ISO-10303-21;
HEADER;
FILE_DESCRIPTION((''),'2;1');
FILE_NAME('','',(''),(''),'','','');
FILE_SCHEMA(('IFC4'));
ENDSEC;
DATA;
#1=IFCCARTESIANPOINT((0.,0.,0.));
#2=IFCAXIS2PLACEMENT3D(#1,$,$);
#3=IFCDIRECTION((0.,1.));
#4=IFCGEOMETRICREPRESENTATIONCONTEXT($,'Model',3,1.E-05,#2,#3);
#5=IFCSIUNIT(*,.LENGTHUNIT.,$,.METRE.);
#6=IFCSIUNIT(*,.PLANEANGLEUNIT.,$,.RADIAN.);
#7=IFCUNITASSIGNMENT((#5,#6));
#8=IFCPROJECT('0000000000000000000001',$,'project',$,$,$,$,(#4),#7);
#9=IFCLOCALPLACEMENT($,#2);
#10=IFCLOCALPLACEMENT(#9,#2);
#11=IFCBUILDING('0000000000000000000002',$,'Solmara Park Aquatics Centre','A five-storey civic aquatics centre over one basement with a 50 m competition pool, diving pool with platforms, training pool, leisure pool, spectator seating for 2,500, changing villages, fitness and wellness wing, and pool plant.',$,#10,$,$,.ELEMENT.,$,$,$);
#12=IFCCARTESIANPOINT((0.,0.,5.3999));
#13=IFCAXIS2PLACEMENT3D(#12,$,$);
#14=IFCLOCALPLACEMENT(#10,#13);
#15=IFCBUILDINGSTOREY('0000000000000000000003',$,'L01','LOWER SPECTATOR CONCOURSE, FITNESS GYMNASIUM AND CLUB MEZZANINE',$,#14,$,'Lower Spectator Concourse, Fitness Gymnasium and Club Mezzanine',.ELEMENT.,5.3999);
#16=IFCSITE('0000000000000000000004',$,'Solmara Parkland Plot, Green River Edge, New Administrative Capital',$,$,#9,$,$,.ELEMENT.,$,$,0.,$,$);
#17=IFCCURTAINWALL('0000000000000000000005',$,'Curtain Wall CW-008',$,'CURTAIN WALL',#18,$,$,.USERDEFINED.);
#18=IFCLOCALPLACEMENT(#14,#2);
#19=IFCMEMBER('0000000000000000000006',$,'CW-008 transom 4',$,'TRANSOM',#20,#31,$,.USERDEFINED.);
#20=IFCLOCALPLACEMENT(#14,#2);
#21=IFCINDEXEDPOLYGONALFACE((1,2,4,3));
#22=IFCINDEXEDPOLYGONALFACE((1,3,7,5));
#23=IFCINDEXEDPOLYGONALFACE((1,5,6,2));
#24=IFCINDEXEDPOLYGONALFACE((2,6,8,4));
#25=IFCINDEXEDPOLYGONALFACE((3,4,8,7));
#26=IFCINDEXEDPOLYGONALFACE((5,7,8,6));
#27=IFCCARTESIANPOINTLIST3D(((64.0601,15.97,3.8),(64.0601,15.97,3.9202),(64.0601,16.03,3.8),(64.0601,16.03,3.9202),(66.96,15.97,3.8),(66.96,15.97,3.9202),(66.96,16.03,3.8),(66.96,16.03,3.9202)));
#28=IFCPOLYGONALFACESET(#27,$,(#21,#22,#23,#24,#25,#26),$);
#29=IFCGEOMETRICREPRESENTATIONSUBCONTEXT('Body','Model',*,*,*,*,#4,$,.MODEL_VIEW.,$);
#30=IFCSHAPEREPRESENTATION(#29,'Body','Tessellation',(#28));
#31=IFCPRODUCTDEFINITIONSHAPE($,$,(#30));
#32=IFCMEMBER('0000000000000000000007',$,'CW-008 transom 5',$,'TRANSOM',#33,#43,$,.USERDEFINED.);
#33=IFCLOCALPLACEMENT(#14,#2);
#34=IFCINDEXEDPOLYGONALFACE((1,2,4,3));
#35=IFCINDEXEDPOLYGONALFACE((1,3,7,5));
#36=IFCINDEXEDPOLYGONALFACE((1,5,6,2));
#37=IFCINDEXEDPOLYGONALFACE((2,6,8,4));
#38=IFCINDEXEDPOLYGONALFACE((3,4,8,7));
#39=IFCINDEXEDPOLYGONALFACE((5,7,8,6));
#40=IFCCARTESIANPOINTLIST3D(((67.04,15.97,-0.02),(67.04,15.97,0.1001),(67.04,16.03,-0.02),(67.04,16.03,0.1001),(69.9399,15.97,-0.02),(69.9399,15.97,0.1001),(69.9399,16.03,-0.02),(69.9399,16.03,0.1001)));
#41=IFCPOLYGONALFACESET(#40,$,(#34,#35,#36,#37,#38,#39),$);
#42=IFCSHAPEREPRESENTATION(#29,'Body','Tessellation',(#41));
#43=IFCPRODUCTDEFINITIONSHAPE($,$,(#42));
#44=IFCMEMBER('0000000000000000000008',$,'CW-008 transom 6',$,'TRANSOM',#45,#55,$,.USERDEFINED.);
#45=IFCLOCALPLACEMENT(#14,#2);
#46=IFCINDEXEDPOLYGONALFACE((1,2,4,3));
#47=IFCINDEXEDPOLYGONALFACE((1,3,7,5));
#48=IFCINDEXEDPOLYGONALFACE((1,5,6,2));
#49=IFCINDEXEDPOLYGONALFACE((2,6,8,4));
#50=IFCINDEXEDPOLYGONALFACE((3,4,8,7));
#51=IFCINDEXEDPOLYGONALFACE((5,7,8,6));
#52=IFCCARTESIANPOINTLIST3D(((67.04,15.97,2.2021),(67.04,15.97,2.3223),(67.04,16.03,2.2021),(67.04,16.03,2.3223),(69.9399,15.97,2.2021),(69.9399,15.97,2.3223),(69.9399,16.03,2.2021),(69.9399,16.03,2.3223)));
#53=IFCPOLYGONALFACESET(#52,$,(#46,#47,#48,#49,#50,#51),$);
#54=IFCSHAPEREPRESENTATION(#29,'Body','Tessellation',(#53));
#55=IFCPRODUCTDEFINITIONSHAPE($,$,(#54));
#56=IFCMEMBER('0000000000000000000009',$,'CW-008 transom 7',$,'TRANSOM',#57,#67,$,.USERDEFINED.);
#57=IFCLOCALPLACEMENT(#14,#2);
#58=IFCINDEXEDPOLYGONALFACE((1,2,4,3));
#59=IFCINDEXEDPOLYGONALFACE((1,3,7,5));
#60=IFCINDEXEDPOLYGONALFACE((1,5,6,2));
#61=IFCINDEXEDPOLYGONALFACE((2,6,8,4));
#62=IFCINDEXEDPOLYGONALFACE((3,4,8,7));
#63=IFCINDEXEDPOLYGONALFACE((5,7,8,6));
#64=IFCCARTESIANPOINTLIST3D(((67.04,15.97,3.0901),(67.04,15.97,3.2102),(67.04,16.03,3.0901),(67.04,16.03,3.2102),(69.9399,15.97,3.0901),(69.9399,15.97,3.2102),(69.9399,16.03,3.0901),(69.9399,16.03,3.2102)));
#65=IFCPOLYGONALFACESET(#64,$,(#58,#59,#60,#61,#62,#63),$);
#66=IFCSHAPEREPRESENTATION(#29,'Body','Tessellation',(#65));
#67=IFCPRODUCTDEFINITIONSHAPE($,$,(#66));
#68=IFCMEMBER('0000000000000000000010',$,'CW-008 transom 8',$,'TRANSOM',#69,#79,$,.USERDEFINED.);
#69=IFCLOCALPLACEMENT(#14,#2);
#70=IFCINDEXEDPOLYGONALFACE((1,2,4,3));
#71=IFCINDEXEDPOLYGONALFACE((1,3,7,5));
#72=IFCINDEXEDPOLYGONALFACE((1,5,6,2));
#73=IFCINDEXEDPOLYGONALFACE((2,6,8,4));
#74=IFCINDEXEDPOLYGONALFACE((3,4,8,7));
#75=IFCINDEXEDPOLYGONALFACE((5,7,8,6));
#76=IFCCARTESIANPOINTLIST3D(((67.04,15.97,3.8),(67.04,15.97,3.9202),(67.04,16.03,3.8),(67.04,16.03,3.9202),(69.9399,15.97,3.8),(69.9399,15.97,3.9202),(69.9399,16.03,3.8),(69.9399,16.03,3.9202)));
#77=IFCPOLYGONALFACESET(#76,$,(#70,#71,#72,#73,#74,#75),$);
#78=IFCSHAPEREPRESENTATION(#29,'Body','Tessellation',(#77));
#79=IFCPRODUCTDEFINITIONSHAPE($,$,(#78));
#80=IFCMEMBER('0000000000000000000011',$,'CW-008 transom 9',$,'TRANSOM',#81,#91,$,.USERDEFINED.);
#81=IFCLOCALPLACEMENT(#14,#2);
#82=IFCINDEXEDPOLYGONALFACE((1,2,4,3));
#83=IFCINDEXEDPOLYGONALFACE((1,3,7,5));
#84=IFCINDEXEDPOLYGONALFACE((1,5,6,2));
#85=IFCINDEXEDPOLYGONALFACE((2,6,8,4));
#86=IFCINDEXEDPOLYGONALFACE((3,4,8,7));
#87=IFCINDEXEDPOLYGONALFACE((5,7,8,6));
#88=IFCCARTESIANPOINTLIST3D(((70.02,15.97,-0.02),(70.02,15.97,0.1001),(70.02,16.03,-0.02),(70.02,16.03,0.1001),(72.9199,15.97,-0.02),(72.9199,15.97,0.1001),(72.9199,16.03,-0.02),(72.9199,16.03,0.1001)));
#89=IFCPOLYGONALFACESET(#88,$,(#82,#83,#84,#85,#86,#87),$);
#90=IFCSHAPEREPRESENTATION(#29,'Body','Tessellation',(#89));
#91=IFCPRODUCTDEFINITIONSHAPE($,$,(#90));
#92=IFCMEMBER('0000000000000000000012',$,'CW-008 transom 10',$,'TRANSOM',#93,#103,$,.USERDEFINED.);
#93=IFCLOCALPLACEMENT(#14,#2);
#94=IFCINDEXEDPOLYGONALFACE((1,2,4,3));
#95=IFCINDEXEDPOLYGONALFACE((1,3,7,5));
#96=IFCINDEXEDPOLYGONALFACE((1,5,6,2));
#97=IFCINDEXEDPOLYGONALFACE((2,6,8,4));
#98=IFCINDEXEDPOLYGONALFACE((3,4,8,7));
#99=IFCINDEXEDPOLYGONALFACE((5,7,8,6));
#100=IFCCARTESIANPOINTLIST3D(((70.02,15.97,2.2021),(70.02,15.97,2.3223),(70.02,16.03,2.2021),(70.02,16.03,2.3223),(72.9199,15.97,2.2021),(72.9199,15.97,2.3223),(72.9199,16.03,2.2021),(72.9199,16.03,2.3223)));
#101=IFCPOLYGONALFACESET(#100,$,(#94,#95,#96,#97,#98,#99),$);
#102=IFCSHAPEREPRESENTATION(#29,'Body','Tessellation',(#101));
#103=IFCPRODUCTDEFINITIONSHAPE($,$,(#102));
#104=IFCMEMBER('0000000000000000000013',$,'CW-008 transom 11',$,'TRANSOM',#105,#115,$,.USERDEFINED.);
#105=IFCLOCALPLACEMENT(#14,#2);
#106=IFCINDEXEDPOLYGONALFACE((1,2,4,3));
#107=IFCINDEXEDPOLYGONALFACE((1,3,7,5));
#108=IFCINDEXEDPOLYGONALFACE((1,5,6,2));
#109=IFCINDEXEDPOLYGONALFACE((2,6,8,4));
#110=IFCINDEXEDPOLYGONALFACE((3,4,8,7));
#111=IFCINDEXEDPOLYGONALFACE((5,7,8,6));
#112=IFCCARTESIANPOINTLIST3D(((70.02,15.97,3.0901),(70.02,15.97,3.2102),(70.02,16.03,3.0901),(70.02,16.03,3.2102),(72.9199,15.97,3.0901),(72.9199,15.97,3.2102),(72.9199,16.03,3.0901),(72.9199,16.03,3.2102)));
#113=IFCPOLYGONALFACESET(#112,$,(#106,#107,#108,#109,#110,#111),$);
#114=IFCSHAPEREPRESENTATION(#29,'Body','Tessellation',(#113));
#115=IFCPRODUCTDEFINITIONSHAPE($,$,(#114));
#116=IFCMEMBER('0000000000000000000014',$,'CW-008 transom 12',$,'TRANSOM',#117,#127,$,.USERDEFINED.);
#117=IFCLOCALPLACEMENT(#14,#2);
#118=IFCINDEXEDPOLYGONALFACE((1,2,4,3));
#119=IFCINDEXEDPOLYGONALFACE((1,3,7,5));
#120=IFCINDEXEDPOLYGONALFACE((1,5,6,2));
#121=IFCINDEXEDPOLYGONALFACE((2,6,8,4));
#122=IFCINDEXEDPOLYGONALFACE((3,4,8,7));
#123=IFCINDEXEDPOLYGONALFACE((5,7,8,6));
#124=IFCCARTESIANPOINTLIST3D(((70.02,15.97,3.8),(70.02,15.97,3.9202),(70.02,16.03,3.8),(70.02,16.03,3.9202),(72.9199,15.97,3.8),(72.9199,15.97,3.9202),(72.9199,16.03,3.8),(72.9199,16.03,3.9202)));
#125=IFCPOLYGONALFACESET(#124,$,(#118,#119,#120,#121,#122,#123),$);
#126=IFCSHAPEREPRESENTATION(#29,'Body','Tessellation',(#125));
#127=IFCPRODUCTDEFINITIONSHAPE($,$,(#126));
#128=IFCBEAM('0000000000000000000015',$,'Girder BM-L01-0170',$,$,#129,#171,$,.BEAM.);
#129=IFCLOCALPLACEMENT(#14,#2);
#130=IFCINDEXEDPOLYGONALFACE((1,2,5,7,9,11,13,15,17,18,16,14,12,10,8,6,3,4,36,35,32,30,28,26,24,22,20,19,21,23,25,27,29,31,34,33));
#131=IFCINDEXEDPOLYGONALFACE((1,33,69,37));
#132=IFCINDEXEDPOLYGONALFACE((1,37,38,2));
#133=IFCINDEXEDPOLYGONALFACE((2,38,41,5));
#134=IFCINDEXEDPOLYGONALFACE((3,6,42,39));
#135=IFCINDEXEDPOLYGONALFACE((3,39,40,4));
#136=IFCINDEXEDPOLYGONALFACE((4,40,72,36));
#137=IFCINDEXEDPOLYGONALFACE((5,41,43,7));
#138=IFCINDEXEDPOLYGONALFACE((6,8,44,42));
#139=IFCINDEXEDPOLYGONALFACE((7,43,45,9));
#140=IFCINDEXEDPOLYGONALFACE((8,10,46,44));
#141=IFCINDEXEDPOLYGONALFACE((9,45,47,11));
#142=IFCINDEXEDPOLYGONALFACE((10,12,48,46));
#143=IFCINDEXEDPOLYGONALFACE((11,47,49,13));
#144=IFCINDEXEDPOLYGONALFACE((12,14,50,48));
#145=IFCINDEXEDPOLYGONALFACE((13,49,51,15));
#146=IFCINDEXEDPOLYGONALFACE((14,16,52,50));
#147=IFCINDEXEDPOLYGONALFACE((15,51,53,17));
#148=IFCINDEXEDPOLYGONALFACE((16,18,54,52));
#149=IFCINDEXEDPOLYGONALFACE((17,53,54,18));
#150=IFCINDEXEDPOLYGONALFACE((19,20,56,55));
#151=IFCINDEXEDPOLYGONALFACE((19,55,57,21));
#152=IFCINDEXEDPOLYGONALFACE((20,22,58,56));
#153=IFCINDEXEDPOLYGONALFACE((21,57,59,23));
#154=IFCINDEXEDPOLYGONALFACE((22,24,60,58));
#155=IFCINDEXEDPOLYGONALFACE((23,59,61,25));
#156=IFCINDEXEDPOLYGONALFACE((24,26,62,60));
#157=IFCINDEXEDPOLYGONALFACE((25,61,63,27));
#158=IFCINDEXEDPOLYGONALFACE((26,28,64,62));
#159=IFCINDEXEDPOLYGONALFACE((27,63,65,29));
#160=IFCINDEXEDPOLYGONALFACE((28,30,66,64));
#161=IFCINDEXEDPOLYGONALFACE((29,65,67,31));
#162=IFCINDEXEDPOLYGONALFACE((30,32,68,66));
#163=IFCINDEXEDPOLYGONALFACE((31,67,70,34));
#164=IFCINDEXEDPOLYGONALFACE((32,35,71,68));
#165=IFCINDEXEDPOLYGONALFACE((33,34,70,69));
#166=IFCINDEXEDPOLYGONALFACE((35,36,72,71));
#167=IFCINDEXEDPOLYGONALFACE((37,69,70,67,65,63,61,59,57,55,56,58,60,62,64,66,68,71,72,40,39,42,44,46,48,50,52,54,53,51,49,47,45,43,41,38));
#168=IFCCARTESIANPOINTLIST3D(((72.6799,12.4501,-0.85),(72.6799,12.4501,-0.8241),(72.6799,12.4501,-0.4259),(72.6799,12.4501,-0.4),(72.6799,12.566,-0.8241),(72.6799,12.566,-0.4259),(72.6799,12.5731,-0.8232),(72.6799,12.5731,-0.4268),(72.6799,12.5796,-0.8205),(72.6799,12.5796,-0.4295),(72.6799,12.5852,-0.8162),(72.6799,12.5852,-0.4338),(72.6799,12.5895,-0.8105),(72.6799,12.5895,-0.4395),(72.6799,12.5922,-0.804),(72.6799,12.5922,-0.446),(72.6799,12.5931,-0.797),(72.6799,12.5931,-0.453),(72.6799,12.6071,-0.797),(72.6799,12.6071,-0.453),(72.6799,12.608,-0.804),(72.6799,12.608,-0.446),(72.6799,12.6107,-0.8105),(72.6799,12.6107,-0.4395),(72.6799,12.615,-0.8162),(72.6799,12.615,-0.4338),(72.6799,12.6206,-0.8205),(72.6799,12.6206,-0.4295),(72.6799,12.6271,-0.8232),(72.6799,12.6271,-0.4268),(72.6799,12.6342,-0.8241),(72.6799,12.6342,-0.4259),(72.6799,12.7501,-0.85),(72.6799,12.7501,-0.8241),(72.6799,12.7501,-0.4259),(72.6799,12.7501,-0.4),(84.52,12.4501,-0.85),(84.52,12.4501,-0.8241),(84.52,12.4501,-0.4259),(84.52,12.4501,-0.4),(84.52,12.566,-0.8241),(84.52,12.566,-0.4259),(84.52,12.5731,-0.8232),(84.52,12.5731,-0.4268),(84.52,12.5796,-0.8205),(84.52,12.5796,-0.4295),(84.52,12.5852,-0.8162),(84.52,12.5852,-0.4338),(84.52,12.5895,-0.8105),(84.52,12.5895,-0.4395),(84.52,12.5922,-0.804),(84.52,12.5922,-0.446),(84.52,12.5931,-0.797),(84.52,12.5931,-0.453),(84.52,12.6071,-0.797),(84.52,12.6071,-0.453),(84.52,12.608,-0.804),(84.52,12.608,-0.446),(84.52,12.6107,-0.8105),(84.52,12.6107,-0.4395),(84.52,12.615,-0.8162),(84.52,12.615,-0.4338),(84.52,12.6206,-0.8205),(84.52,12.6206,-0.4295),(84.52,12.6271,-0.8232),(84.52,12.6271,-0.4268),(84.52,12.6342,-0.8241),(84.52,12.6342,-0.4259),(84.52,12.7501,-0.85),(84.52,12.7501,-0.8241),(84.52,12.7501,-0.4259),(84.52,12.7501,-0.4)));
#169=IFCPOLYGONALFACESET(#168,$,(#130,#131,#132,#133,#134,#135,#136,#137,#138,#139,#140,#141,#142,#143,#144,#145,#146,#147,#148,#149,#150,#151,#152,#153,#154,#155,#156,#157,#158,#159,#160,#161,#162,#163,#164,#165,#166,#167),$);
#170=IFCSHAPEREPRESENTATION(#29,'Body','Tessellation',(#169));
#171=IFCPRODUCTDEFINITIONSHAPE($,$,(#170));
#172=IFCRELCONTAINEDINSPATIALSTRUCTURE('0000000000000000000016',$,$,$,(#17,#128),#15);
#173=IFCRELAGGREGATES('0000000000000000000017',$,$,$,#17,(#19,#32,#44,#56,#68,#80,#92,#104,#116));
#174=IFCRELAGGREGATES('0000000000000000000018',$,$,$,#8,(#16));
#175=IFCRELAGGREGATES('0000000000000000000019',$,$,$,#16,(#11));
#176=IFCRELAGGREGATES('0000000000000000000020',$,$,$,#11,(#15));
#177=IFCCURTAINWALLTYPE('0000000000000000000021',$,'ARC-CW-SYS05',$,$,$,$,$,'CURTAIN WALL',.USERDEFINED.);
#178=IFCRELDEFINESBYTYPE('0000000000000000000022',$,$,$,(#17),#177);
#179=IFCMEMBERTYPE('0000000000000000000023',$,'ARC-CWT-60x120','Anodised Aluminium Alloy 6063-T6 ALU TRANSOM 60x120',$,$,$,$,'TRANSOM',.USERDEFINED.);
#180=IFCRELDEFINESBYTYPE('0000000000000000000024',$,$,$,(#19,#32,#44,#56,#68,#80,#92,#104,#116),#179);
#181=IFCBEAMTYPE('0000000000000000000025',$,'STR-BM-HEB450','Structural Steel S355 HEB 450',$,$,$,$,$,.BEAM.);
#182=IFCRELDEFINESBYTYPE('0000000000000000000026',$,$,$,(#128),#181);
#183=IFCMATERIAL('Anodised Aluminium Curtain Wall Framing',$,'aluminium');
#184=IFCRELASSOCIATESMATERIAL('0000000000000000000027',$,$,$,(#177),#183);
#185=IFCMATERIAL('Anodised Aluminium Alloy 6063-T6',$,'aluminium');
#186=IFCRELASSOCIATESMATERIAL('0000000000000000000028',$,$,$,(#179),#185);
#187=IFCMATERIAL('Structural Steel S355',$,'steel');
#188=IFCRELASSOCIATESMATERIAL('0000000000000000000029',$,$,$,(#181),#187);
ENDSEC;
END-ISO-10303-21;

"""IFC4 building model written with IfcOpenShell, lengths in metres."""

from ifc_helpers import new_model, si_unit, direction, frame, origin, origin_2d, place, context, subcontext, project, spatial, rectangle, i_section, extrude, material, material_profile, profile_set, type_object, element, aggregate, save


model = new_model("IFC4")

# Units and contexts
model_context = context("Model", 3, precision=1e-05, world=origin(), true_north=direction((0.0, 1.0)))
body_context = subcontext(model_context, "Body", "Model", "MODEL_VIEW")
ifc_project = project(units=[si_unit("LENGTHUNIT", "METRE"), si_unit("PLANEANGLEUNIT", "RADIAN")], contexts=[model_context])

# Site, building, storey
site_placement = place(None, origin())
site = spatial("IfcSite", under=ifc_project, at=site_placement, Name="Solmara Parkland Plot, Green River Edge, New Administrative Capital", CompositionType="ELEMENT", RefElevation=0.0)
building_placement = place(site_placement, origin())
building = spatial("IfcBuilding", under=site, at=building_placement, Name="Solmara Park Aquatics Centre", Description="A five-storey civic aquatics centre over one basement with a 50 m competition pool, diving pool with platforms, training pool, leisure pool, spectator seating for 2,500, changing villages, fitness and wellness wing, and pool plant.", CompositionType="ELEMENT")
storey_placement = place(building_placement, frame((0.0, 0.0, 5.3999)))
storey = spatial("IfcBuildingStorey", under=building, at=storey_placement, Name="L01", Description="LOWER SPECTATOR CONCOURSE, FITNESS GYMNASIUM AND CLUB MEZZANINE", LongName="Lower Spectator Concourse, Fitness Gymnasium and Club Mezzanine", CompositionType="ELEMENT", Elevation=5.3999)

# Shared definitions
ifc_material_1 = material(Name="Structural Steel S355", Category="steel")

# Shared definitions
ifc_material_2 = material(Name="Anodised Aluminium Curtain Wall Framing", Category="aluminium")
curtain_wall_type = type_object("IfcCurtainWallType", Name="ARC-CW-SYS05", ElementType="CURTAIN WALL", PredefinedType="USERDEFINED", material=ifc_material_2)
ifc_material_3 = material(Name="Anodised Aluminium Alloy 6063-T6", Category="aluminium")

# Curtain wall
curtain_wall_1_placement = place(storey_placement, origin())
curtain_wall_1 = element("IfcCurtainWall", 1, at=curtain_wall_1_placement, inside=storey, type_object=curtain_wall_type, Name="Curtain Wall CW-008", ObjectType="CURTAIN WALL", PredefinedType="USERDEFINED")

# Members
ifc_material_profile_1 = material_profile(ifc_material_3, rectangle(XDim=0.0601, YDim=0.1201, at=origin_2d()), Name="ALU TRANSOM 60x120")
ifc_profile_set_1 = profile_set([ifc_material_profile_1], Name="Anodised Aluminium Alloy 6063-T6")
member_type_1 = type_object("IfcMemberType", Name="ARC-CWT-60x120", Description="Anodised Aluminium Alloy 6063-T6 ALU TRANSOM 60x120", ElementType="TRANSOM", PredefinedType="USERDEFINED", material=ifc_profile_set_1)
member_1_placement = place(storey_placement, frame((64.0601, 16.0, 3.8601), z_axis=(1.0, 0.0, 0.0), x_axis=(0.0, 1.0, 0.0)))
member_1 = element("IfcMember", 2, at=member_1_placement, type_object=member_type_1, Name="CW-008 transom 4", ObjectType="TRANSOM", PredefinedType="USERDEFINED", context=body_context, shape_type="SweptSolid", body=[
    extrude(rectangle(XDim=0.0601, YDim=0.1201, at=origin_2d()), origin(), (0.0, 0.0, 1.0), 2.8999),
])
member_2_placement = place(storey_placement, frame((67.04, 16.0, 0.04), z_axis=(1.0, 0.0, 0.0), x_axis=(0.0, 1.0, 0.0)))
member_2 = element("IfcMember", 3, at=member_2_placement, type_object=member_type_1, Name="CW-008 transom 5", ObjectType="TRANSOM", PredefinedType="USERDEFINED", context=body_context, shape_type="SweptSolid", body=[
    extrude(rectangle(XDim=0.0601, YDim=0.1201, at=origin_2d()), origin(), (0.0, 0.0, 1.0), 2.8999),
])
member_3_placement = place(storey_placement, frame((67.04, 16.0, 2.2622), z_axis=(1.0, 0.0, 0.0), x_axis=(0.0, 1.0, 0.0)))
member_3 = element("IfcMember", 4, at=member_3_placement, type_object=member_type_1, Name="CW-008 transom 6", ObjectType="TRANSOM", PredefinedType="USERDEFINED", context=body_context, shape_type="SweptSolid", body=[
    extrude(rectangle(XDim=0.0601, YDim=0.1201, at=origin_2d()), origin(), (0.0, 0.0, 1.0), 2.8999),
])
member_4_placement = place(storey_placement, frame((67.04, 16.0, 3.1501), z_axis=(1.0, 0.0, 0.0), x_axis=(0.0, 1.0, 0.0)))
member_4 = element("IfcMember", 5, at=member_4_placement, type_object=member_type_1, Name="CW-008 transom 7", ObjectType="TRANSOM", PredefinedType="USERDEFINED", context=body_context, shape_type="SweptSolid", body=[
    extrude(rectangle(XDim=0.0601, YDim=0.1201, at=origin_2d()), origin(), (0.0, 0.0, 1.0), 2.8999),
])
member_5_placement = place(storey_placement, frame((67.04, 16.0, 3.8601), z_axis=(1.0, 0.0, 0.0), x_axis=(0.0, 1.0, 0.0)))
member_5 = element("IfcMember", 6, at=member_5_placement, type_object=member_type_1, Name="CW-008 transom 8", ObjectType="TRANSOM", PredefinedType="USERDEFINED", context=body_context, shape_type="SweptSolid", body=[
    extrude(rectangle(XDim=0.0601, YDim=0.1201, at=origin_2d()), origin(), (0.0, 0.0, 1.0), 2.8999),
])
member_6_placement = place(storey_placement, frame((70.02, 16.0, 0.04), z_axis=(1.0, 0.0, 0.0), x_axis=(0.0, 1.0, 0.0)))
member_6 = element("IfcMember", 7, at=member_6_placement, type_object=member_type_1, Name="CW-008 transom 9", ObjectType="TRANSOM", PredefinedType="USERDEFINED", context=body_context, shape_type="SweptSolid", body=[
    extrude(rectangle(XDim=0.0601, YDim=0.1201, at=origin_2d()), origin(), (0.0, 0.0, 1.0), 2.8999),
])
member_7_placement = place(storey_placement, frame((70.02, 16.0, 2.2622), z_axis=(1.0, 0.0, 0.0), x_axis=(0.0, 1.0, 0.0)))
member_7 = element("IfcMember", 8, at=member_7_placement, type_object=member_type_1, Name="CW-008 transom 10", ObjectType="TRANSOM", PredefinedType="USERDEFINED", context=body_context, shape_type="SweptSolid", body=[
    extrude(rectangle(XDim=0.0601, YDim=0.1201, at=origin_2d()), origin(), (0.0, 0.0, 1.0), 2.8999),
])
member_8_placement = place(storey_placement, frame((70.02, 16.0, 3.1501), z_axis=(1.0, 0.0, 0.0), x_axis=(0.0, 1.0, 0.0)))
member_8 = element("IfcMember", 9, at=member_8_placement, type_object=member_type_1, Name="CW-008 transom 11", ObjectType="TRANSOM", PredefinedType="USERDEFINED", context=body_context, shape_type="SweptSolid", body=[
    extrude(rectangle(XDim=0.0601, YDim=0.1201, at=origin_2d()), origin(), (0.0, 0.0, 1.0), 2.8999),
])
member_9_placement = place(storey_placement, frame((70.02, 16.0, 3.8601), z_axis=(1.0, 0.0, 0.0), x_axis=(0.0, 1.0, 0.0)))
member_9 = element("IfcMember", 10, at=member_9_placement, type_object=member_type_1, Name="CW-008 transom 12", ObjectType="TRANSOM", PredefinedType="USERDEFINED", context=body_context, shape_type="SweptSolid", body=[
    extrude(rectangle(XDim=0.0601, YDim=0.1201, at=origin_2d()), origin(), (0.0, 0.0, 1.0), 2.8999),
])

# Beam
ifc_material_profile_2 = material_profile(ifc_material_1, i_section(OverallWidth=0.3, OverallDepth=0.45, WebThickness=0.0139, FlangeThickness=0.0259, FilletRadius=0.0271, at=origin_2d()), Name="HEB 450")
ifc_profile_set_2 = profile_set([ifc_material_profile_2], Name="Structural Steel S355")
beam_type_1 = type_object("IfcBeamType", Name="STR-BM-HEB450", Description="Structural Steel S355 HEB 450", PredefinedType="BEAM", material=ifc_profile_set_2)
beam_1_placement = place(storey_placement, frame((72.6799, 12.6001, -0.625), z_axis=(1.0, 0.0, 0.0), x_axis=(0.0, 1.0, 0.0)))
element("IfcBeam", 11, at=beam_1_placement, inside=storey, type_object=beam_type_1, Name="Girder BM-L01-0170", PredefinedType="BEAM", context=body_context, shape_type="SweptSolid", body=[
    extrude(i_section(OverallWidth=0.3, OverallDepth=0.45, WebThickness=0.0139, FlangeThickness=0.0259, FilletRadius=0.0271, at=origin_2d()), origin(), (0.0, 0.0, 1.0), 11.8401),
])

aggregate(curtain_wall_1, [member_1, member_2, member_3, member_4, member_5, member_6, member_7, member_8, member_9])

save(model, "model.ifc")
